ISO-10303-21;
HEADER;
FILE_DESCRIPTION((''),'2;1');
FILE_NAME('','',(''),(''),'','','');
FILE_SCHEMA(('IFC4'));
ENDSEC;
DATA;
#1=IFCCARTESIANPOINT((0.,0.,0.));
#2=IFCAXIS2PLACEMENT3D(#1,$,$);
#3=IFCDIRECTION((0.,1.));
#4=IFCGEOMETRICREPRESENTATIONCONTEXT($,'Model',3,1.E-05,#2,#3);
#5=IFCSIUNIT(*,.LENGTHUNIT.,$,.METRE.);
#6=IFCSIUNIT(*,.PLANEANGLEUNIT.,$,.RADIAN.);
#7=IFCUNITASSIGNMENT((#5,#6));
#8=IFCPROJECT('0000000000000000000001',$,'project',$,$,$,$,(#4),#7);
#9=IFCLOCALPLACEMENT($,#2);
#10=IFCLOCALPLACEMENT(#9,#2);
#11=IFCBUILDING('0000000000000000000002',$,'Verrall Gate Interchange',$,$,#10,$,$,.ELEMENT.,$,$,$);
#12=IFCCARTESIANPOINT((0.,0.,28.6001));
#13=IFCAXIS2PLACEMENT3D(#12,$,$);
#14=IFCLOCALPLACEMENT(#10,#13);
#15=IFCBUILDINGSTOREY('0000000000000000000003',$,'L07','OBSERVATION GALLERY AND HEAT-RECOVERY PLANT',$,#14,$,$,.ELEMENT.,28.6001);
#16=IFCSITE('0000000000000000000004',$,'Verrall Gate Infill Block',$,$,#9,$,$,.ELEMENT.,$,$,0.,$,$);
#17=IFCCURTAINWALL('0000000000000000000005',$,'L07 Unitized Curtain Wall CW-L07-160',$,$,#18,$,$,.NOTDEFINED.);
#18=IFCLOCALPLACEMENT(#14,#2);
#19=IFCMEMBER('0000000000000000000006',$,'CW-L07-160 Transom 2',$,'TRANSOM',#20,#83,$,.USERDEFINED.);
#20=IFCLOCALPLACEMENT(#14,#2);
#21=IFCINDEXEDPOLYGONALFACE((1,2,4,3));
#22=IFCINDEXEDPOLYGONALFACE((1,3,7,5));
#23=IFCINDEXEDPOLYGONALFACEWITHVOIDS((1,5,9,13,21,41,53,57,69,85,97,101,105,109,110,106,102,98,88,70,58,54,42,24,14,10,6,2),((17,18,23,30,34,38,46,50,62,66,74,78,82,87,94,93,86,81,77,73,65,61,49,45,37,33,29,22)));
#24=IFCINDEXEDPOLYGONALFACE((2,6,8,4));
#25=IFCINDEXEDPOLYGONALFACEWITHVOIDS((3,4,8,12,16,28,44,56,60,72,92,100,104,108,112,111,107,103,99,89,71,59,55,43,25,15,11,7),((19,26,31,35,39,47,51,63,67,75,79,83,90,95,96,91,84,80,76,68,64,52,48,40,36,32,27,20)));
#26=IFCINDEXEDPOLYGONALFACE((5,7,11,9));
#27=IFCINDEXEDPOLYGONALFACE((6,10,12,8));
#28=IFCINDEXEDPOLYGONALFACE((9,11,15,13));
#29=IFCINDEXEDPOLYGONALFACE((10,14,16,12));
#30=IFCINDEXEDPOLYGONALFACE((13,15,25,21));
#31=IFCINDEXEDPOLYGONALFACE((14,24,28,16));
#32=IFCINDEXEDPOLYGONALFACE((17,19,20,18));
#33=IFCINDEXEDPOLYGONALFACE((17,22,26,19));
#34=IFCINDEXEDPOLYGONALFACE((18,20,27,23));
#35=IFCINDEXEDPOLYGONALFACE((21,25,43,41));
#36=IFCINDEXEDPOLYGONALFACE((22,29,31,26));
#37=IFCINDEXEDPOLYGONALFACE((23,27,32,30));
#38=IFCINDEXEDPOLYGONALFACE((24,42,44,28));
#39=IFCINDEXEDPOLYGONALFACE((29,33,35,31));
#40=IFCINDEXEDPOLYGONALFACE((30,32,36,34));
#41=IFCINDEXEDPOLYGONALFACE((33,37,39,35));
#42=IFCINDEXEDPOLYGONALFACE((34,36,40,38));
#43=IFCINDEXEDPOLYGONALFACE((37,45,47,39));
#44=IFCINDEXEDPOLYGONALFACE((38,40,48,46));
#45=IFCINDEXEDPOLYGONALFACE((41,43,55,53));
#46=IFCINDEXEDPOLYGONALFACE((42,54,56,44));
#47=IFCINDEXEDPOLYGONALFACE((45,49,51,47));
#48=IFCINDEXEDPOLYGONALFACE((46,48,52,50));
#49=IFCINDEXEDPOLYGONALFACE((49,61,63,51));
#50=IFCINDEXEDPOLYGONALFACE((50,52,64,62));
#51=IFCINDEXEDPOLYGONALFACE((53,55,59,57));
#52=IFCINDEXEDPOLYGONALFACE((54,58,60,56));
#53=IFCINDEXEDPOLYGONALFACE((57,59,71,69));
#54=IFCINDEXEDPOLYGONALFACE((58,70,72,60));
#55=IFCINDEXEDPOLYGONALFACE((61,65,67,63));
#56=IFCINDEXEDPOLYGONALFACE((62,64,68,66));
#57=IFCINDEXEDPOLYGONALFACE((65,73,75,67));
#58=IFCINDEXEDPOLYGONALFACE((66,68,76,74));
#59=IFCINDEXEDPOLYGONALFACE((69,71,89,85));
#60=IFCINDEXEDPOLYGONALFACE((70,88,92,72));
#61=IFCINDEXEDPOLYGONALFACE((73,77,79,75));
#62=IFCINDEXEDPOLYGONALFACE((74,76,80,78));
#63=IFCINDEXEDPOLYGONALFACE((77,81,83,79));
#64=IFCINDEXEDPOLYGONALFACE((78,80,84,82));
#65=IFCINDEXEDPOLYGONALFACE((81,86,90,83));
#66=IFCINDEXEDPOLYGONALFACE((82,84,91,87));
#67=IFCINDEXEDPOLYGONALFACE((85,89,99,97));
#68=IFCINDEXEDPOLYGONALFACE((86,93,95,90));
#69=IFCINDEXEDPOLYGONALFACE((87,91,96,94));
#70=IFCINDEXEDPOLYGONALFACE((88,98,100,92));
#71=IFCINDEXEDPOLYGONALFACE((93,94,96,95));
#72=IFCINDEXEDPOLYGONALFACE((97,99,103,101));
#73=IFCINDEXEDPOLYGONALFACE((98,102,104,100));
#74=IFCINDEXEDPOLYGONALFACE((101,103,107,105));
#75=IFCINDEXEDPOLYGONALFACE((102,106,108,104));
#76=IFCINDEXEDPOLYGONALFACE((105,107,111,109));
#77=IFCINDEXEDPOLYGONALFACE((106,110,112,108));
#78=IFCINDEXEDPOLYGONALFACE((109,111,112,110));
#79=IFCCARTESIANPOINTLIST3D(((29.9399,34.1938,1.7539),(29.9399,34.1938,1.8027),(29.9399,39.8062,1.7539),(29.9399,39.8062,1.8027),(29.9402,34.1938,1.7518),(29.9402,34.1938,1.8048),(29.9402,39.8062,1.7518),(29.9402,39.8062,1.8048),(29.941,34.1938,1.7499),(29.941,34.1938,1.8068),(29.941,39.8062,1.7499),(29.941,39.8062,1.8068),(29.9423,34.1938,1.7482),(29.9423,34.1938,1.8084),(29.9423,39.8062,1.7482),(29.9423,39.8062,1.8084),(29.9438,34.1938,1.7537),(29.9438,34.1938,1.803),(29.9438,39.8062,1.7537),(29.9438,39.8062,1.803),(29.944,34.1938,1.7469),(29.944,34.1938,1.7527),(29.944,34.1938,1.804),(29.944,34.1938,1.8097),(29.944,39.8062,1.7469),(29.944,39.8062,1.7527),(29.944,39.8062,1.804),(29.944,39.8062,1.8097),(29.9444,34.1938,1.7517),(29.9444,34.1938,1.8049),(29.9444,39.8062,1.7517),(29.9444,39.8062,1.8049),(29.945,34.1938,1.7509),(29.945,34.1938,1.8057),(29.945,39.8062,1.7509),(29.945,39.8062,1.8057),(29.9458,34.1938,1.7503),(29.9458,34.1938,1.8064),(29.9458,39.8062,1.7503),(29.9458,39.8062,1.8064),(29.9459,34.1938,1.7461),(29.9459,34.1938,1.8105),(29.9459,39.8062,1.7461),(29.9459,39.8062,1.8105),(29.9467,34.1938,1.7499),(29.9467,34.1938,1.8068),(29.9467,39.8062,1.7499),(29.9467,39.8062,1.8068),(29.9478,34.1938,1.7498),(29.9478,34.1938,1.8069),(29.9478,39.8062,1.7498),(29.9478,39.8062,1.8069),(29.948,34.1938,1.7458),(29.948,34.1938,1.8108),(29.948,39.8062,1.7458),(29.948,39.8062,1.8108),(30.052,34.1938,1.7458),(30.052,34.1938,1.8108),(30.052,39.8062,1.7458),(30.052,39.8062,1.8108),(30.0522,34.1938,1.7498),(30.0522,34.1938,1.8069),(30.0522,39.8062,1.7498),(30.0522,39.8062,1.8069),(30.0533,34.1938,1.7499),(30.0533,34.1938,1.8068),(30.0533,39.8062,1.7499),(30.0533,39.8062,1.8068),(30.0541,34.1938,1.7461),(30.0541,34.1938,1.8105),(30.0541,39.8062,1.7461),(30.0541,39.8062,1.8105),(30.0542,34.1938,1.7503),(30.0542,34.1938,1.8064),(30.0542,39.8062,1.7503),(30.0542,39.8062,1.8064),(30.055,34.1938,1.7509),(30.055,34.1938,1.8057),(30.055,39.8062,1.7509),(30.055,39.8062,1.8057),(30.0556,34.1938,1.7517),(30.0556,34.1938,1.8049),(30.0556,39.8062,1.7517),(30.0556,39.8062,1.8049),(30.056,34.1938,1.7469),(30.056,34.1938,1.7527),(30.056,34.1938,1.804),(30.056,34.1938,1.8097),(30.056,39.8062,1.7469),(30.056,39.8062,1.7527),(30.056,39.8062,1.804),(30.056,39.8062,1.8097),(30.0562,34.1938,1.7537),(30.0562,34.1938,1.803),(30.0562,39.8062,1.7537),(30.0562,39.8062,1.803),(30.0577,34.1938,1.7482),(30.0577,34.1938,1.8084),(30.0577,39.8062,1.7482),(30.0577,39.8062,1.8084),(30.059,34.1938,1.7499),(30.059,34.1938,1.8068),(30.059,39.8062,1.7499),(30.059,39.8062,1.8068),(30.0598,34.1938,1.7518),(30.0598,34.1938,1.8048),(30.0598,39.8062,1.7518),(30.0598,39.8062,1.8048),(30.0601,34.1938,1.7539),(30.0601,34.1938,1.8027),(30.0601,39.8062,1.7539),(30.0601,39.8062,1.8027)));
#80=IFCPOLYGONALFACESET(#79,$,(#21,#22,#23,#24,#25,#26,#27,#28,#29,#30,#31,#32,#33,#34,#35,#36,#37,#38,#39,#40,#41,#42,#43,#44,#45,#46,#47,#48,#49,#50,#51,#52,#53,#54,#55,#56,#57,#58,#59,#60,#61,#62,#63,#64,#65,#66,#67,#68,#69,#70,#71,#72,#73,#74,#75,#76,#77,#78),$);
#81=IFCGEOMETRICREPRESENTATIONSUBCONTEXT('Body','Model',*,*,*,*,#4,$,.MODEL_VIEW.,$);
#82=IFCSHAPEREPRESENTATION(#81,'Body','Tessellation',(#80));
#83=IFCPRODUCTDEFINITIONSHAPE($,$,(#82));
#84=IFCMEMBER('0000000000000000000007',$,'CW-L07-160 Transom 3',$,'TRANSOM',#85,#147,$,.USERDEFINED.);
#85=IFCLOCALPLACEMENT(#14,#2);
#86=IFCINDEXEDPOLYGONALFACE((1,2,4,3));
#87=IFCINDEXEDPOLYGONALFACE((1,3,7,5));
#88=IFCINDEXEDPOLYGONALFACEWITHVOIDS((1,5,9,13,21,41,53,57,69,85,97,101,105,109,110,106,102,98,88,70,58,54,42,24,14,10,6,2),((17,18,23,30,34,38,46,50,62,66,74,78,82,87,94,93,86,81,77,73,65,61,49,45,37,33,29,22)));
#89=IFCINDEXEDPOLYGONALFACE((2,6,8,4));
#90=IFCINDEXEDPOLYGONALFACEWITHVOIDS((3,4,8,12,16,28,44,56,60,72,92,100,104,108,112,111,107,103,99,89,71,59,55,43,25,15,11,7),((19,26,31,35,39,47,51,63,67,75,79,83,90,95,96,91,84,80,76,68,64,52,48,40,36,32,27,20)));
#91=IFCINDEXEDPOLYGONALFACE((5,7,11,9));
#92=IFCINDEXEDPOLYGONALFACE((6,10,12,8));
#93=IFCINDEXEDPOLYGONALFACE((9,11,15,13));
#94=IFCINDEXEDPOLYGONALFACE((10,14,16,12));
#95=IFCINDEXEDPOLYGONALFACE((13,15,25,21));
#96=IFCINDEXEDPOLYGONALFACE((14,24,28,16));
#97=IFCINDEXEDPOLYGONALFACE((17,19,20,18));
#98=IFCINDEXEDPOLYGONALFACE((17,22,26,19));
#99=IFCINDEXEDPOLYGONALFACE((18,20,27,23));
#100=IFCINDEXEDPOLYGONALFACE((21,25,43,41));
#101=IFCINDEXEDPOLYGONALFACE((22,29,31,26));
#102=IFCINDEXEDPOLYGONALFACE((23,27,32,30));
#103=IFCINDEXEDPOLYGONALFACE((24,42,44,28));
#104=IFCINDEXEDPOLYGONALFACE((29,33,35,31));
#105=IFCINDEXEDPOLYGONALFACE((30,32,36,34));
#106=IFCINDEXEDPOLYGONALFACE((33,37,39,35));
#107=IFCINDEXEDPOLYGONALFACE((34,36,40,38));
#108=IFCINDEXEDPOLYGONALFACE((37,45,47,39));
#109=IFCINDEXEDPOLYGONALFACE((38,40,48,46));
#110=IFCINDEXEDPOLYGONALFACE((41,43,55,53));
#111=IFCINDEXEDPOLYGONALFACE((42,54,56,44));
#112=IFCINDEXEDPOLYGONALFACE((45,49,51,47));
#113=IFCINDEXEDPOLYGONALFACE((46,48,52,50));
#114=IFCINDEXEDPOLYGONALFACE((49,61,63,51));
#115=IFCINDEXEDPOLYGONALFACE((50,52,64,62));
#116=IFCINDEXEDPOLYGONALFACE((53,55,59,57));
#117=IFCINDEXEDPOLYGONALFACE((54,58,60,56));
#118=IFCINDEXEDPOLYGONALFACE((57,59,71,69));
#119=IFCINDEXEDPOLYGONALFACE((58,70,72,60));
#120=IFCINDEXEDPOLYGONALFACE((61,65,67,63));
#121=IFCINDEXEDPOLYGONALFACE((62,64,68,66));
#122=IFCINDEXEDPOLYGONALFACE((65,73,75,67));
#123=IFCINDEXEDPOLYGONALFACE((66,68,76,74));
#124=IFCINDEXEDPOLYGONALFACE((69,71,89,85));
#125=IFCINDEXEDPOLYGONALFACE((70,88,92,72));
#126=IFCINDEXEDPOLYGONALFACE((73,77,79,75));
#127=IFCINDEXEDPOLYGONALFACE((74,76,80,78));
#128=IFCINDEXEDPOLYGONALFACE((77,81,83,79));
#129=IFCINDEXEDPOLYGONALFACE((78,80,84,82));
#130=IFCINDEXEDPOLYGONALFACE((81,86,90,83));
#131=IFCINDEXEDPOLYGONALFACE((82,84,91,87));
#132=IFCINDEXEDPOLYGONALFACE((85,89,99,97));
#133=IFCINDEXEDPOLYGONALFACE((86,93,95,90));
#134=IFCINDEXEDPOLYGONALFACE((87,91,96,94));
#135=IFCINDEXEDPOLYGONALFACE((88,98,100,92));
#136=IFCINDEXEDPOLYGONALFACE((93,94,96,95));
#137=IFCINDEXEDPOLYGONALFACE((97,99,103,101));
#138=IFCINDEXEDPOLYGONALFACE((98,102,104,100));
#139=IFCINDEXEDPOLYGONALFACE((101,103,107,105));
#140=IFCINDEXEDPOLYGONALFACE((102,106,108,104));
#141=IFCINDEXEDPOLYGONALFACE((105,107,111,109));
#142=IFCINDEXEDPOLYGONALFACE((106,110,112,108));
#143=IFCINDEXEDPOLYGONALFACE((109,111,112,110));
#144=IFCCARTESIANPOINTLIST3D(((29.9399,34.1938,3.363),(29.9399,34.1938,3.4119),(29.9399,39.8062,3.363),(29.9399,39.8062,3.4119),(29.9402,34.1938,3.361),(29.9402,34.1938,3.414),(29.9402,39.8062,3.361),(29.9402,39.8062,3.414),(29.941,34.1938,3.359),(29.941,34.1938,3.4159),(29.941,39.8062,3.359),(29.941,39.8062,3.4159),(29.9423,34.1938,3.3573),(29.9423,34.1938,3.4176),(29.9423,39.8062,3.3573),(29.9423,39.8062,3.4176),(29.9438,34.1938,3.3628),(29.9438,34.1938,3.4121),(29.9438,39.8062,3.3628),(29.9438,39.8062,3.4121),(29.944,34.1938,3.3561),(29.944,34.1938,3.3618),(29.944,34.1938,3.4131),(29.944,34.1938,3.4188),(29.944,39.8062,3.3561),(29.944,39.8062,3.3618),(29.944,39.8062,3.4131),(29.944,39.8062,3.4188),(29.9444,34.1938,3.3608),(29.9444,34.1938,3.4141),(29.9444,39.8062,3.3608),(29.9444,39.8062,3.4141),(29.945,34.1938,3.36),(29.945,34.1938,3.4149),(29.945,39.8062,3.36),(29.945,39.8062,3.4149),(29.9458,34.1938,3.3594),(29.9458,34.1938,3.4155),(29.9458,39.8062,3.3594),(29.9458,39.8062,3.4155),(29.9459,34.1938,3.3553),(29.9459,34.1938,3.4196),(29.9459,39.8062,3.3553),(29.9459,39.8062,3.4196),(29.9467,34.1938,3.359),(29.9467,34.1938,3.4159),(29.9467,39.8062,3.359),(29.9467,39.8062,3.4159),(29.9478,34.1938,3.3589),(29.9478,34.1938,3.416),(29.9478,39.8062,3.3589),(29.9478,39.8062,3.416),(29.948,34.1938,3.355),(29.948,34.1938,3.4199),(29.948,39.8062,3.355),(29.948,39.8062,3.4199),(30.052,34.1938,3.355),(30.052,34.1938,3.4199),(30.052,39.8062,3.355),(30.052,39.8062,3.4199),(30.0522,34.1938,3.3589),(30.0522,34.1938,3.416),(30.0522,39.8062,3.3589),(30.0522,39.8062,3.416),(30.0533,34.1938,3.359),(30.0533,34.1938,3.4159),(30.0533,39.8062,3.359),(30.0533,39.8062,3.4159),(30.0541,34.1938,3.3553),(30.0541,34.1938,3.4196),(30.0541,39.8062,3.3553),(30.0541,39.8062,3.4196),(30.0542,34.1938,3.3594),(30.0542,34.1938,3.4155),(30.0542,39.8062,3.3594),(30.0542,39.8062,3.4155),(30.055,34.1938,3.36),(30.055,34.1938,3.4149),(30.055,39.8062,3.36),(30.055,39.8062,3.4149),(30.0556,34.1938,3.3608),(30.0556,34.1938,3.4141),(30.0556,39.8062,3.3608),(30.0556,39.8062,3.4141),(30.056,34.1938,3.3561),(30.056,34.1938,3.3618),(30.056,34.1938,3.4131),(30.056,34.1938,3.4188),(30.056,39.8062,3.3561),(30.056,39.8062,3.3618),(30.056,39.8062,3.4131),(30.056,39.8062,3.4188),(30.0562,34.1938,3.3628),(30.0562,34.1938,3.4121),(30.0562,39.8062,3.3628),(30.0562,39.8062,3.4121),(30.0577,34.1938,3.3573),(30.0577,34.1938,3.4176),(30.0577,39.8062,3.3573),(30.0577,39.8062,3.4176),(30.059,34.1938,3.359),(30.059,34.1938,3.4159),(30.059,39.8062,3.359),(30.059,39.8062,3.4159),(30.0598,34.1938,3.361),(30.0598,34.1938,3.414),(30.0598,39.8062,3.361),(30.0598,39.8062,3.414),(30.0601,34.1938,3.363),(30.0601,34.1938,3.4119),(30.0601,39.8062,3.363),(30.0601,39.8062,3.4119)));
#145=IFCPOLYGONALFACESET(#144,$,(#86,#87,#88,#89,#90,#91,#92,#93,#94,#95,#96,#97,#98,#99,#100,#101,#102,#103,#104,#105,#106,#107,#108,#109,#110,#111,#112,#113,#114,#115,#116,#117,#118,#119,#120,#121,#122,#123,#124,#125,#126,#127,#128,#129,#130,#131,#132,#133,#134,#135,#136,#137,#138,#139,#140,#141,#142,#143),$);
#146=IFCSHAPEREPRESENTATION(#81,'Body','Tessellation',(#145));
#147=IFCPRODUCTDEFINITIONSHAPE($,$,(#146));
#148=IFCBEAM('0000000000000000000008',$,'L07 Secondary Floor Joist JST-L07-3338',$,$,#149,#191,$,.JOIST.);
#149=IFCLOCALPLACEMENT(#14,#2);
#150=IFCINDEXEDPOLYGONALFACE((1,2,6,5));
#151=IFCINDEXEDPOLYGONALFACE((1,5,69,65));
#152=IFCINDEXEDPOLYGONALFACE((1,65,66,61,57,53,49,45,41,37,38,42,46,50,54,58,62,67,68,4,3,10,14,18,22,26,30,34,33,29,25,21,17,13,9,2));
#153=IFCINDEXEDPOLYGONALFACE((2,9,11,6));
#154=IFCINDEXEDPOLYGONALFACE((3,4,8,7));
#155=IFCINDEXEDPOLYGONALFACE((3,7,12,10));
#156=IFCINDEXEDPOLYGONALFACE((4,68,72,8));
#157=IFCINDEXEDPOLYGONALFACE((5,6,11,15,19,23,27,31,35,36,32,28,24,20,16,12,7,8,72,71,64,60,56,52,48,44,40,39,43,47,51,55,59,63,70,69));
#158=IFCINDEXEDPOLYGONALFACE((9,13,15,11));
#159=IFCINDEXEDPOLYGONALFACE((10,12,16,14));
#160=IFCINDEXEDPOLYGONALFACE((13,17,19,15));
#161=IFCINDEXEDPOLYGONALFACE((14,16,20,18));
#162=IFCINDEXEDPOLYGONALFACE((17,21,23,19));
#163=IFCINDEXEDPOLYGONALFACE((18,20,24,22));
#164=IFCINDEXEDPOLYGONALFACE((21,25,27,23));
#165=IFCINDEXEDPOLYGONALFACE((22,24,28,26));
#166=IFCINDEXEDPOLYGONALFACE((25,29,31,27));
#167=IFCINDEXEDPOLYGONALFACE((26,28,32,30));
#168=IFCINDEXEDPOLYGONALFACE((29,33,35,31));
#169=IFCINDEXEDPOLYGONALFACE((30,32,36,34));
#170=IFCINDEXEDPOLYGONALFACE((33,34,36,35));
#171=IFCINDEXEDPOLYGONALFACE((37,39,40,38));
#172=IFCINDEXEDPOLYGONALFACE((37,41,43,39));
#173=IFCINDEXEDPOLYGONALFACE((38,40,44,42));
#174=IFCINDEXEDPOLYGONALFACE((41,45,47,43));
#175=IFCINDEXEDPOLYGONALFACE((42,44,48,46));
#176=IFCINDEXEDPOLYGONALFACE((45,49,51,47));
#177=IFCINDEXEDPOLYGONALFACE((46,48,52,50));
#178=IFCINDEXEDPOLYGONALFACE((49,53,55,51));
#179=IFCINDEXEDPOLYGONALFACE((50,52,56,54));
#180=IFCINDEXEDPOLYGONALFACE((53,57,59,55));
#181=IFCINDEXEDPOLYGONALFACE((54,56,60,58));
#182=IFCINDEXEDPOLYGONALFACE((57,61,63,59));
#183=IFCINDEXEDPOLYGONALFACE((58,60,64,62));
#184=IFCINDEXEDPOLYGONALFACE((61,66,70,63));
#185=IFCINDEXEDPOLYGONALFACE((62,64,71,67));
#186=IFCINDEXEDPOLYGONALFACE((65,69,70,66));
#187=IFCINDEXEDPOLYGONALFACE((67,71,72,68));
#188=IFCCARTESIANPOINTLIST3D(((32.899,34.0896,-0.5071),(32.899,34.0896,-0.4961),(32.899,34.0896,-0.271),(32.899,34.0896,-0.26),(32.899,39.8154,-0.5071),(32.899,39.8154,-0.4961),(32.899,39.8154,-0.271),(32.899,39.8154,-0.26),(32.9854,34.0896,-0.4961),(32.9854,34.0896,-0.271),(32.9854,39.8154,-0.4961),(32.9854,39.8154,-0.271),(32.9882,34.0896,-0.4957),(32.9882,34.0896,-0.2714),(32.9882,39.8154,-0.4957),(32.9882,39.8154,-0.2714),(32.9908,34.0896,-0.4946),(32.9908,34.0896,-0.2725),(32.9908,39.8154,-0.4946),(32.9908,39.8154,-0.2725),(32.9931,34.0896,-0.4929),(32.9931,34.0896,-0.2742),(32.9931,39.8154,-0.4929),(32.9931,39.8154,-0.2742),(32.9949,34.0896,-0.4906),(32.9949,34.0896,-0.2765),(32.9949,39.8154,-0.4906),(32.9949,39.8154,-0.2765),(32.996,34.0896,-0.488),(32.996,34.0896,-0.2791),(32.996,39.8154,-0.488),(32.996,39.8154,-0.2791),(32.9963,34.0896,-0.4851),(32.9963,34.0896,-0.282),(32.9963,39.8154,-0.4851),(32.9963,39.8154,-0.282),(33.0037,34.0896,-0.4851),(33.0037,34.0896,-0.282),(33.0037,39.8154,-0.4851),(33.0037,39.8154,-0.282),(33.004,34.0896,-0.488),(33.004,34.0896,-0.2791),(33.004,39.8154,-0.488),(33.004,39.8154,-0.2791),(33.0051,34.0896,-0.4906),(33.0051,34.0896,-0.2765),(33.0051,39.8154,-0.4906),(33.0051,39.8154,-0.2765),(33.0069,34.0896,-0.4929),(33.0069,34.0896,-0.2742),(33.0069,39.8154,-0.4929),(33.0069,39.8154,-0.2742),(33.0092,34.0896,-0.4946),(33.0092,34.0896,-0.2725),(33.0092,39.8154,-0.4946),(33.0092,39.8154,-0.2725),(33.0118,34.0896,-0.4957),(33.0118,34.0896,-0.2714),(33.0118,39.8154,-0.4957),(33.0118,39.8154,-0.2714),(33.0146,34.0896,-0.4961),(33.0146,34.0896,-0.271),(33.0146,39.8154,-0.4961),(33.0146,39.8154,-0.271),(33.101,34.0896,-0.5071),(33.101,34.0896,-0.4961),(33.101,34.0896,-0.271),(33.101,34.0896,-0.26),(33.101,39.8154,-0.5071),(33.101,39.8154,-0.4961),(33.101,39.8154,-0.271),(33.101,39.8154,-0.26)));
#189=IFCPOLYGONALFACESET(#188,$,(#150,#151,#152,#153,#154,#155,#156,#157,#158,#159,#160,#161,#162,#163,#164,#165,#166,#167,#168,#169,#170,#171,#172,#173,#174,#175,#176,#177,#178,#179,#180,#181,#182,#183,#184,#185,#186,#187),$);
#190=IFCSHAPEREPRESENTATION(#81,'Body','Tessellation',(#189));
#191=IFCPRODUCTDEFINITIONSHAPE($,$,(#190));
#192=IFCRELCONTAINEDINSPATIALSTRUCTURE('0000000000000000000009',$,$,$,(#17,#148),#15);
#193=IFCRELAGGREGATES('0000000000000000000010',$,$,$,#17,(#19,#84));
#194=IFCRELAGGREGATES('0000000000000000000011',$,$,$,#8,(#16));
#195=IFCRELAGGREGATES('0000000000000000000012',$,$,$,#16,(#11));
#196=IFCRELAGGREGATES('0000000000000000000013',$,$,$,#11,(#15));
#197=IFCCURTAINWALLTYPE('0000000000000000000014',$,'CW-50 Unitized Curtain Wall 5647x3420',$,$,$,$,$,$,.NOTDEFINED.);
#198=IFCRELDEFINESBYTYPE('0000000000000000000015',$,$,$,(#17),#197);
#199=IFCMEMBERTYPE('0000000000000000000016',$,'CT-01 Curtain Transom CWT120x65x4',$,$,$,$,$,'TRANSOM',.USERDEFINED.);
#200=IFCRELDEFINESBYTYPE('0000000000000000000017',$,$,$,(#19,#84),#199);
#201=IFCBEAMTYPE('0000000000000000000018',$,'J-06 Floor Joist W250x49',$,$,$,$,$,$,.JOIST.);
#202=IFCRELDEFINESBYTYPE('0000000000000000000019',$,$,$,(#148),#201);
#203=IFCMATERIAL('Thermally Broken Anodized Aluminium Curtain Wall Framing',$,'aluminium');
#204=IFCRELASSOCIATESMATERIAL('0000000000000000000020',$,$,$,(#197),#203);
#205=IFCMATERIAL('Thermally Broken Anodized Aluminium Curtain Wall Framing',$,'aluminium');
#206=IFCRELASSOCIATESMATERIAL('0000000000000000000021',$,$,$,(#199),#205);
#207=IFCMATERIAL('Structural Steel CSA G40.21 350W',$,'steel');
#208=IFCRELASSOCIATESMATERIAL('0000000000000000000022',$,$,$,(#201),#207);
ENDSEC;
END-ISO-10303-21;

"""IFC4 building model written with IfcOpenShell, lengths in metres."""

from ifc_helpers import new_model, si_unit, direction, frame, origin, origin_2d, place, context, subcontext, project, spatial, hollow_rectangle, i_section, extrude, material, material_profile, profile_set, type_object, element, aggregate, save


model = new_model("IFC4")

# Units and contexts
model_context = context("Model", 3, precision=1e-05, world=origin(), true_north=direction((0.0, 1.0)))
body_context = subcontext(model_context, "Body", "Model", "MODEL_VIEW")
ifc_project = project(units=[si_unit("LENGTHUNIT", "METRE"), si_unit("PLANEANGLEUNIT", "RADIAN")], contexts=[model_context])

# Site, building, storey
site_placement = place(None, origin())
site = spatial("IfcSite", under=ifc_project, at=site_placement, Name="Verrall Gate Infill Block", CompositionType="ELEMENT", RefElevation=0.0)
building_placement = place(site_placement, origin())
building = spatial("IfcBuilding", under=site, at=building_placement, Name="Verrall Gate Interchange", CompositionType="ELEMENT")
storey_placement = place(building_placement, frame((0.0, 0.0, 28.6001)))
storey = spatial("IfcBuildingStorey", under=building, at=storey_placement, Name="L07", Description="OBSERVATION GALLERY AND HEAT-RECOVERY PLANT", CompositionType="ELEMENT", Elevation=28.6001)

# Curtain wall
ifc_material_1 = material(Name="Thermally Broken Anodized Aluminium Curtain Wall Framing", Category="aluminium")
curtain_wall_type = type_object("IfcCurtainWallType", Name="CW-50 Unitized Curtain Wall 5647x3420", PredefinedType="NOTDEFINED", material=ifc_material_1)
curtain_wall_1_placement = place(storey_placement, origin())
curtain_wall_1 = element("IfcCurtainWall", 1, at=curtain_wall_1_placement, inside=storey, type_object=curtain_wall_type, Name="L07 Unitized Curtain Wall CW-L07-160", PredefinedType="NOTDEFINED")

# Members
ifc_material_2 = material(Name="Thermally Broken Anodized Aluminium Curtain Wall Framing", Category="aluminium")
ifc_material_profile_1 = material_profile(ifc_material_2, hollow_rectangle(XDim=0.1201, YDim=0.0649, WallThickness=0.0039, InnerFilletRadius=0.0039, OuterFilletRadius=0.0081, at=origin_2d()), Name="CWT120x65x4")
ifc_profile_set_1 = profile_set([ifc_material_profile_1], Name="Thermally Broken Anodized Aluminium Curtain Wall Framing")
member_type_1 = type_object("IfcMemberType", Name="CT-01 Curtain Transom CWT120x65x4", ElementType="TRANSOM", PredefinedType="USERDEFINED", material=ifc_profile_set_1)
member_1_placement = place(storey_placement, frame((30.0, 34.1938, 1.7783), z_axis=(0.0, 1.0, 0.0), x_axis=(-1.0, 0.0, 0.0)))
member_1 = element("IfcMember", 2, at=member_1_placement, type_object=member_type_1, Name="CW-L07-160 Transom 2", ObjectType="TRANSOM", PredefinedType="USERDEFINED", context=body_context, shape_type="SweptSolid", body=[
    extrude(hollow_rectangle(XDim=0.1201, YDim=0.0649, WallThickness=0.0039, InnerFilletRadius=0.0039, OuterFilletRadius=0.0081, at=origin_2d()), origin(), (0.0, 0.0, 1.0), 5.6123),
])
member_2_placement = place(storey_placement, frame((30.0, 34.1938, 3.3875), z_axis=(0.0, 1.0, 0.0), x_axis=(-1.0, 0.0, 0.0)))
member_2 = element("IfcMember", 3, at=member_2_placement, type_object=member_type_1, Name="CW-L07-160 Transom 3", ObjectType="TRANSOM", PredefinedType="USERDEFINED", context=body_context, shape_type="SweptSolid", body=[
    extrude(hollow_rectangle(XDim=0.1201, YDim=0.0649, WallThickness=0.0039, InnerFilletRadius=0.0039, OuterFilletRadius=0.0081, at=origin_2d()), origin(), (0.0, 0.0, 1.0), 5.6123),
])

# Beam
ifc_material_3 = material(Name="Structural Steel CSA G40.21 350W", Category="steel")
ifc_material_profile_2 = material_profile(ifc_material_3, i_section(OverallWidth=0.2019, OverallDepth=0.2471, WebThickness=0.0073, FlangeThickness=0.011, FilletRadius=0.011, at=origin_2d()), Name="W250x49")
ifc_profile_set_2 = profile_set([ifc_material_profile_2], Name="Structural Steel CSA G40.21 350W")
beam_type_1 = type_object("IfcBeamType", Name="J-06 Floor Joist W250x49", PredefinedType="JOIST", material=ifc_profile_set_2)
beam_1_placement = place(storey_placement, frame((33.0, 34.0896, -0.3835), z_axis=(0.0, 1.0, 0.0), x_axis=(-1.0, 0.0, 0.0)))
element("IfcBeam", 4, at=beam_1_placement, inside=storey, type_object=beam_type_1, Name="L07 Secondary Floor Joist JST-L07-3338", PredefinedType="JOIST", context=body_context, shape_type="SweptSolid", body=[
    extrude(i_section(OverallWidth=0.2019, OverallDepth=0.2471, WebThickness=0.0073, FlangeThickness=0.011, FilletRadius=0.011, at=origin_2d()), origin(), (0.0, 0.0, 1.0), 5.7258),
])

aggregate(curtain_wall_1, [member_1, member_2])

save(model, "model.ifc")
